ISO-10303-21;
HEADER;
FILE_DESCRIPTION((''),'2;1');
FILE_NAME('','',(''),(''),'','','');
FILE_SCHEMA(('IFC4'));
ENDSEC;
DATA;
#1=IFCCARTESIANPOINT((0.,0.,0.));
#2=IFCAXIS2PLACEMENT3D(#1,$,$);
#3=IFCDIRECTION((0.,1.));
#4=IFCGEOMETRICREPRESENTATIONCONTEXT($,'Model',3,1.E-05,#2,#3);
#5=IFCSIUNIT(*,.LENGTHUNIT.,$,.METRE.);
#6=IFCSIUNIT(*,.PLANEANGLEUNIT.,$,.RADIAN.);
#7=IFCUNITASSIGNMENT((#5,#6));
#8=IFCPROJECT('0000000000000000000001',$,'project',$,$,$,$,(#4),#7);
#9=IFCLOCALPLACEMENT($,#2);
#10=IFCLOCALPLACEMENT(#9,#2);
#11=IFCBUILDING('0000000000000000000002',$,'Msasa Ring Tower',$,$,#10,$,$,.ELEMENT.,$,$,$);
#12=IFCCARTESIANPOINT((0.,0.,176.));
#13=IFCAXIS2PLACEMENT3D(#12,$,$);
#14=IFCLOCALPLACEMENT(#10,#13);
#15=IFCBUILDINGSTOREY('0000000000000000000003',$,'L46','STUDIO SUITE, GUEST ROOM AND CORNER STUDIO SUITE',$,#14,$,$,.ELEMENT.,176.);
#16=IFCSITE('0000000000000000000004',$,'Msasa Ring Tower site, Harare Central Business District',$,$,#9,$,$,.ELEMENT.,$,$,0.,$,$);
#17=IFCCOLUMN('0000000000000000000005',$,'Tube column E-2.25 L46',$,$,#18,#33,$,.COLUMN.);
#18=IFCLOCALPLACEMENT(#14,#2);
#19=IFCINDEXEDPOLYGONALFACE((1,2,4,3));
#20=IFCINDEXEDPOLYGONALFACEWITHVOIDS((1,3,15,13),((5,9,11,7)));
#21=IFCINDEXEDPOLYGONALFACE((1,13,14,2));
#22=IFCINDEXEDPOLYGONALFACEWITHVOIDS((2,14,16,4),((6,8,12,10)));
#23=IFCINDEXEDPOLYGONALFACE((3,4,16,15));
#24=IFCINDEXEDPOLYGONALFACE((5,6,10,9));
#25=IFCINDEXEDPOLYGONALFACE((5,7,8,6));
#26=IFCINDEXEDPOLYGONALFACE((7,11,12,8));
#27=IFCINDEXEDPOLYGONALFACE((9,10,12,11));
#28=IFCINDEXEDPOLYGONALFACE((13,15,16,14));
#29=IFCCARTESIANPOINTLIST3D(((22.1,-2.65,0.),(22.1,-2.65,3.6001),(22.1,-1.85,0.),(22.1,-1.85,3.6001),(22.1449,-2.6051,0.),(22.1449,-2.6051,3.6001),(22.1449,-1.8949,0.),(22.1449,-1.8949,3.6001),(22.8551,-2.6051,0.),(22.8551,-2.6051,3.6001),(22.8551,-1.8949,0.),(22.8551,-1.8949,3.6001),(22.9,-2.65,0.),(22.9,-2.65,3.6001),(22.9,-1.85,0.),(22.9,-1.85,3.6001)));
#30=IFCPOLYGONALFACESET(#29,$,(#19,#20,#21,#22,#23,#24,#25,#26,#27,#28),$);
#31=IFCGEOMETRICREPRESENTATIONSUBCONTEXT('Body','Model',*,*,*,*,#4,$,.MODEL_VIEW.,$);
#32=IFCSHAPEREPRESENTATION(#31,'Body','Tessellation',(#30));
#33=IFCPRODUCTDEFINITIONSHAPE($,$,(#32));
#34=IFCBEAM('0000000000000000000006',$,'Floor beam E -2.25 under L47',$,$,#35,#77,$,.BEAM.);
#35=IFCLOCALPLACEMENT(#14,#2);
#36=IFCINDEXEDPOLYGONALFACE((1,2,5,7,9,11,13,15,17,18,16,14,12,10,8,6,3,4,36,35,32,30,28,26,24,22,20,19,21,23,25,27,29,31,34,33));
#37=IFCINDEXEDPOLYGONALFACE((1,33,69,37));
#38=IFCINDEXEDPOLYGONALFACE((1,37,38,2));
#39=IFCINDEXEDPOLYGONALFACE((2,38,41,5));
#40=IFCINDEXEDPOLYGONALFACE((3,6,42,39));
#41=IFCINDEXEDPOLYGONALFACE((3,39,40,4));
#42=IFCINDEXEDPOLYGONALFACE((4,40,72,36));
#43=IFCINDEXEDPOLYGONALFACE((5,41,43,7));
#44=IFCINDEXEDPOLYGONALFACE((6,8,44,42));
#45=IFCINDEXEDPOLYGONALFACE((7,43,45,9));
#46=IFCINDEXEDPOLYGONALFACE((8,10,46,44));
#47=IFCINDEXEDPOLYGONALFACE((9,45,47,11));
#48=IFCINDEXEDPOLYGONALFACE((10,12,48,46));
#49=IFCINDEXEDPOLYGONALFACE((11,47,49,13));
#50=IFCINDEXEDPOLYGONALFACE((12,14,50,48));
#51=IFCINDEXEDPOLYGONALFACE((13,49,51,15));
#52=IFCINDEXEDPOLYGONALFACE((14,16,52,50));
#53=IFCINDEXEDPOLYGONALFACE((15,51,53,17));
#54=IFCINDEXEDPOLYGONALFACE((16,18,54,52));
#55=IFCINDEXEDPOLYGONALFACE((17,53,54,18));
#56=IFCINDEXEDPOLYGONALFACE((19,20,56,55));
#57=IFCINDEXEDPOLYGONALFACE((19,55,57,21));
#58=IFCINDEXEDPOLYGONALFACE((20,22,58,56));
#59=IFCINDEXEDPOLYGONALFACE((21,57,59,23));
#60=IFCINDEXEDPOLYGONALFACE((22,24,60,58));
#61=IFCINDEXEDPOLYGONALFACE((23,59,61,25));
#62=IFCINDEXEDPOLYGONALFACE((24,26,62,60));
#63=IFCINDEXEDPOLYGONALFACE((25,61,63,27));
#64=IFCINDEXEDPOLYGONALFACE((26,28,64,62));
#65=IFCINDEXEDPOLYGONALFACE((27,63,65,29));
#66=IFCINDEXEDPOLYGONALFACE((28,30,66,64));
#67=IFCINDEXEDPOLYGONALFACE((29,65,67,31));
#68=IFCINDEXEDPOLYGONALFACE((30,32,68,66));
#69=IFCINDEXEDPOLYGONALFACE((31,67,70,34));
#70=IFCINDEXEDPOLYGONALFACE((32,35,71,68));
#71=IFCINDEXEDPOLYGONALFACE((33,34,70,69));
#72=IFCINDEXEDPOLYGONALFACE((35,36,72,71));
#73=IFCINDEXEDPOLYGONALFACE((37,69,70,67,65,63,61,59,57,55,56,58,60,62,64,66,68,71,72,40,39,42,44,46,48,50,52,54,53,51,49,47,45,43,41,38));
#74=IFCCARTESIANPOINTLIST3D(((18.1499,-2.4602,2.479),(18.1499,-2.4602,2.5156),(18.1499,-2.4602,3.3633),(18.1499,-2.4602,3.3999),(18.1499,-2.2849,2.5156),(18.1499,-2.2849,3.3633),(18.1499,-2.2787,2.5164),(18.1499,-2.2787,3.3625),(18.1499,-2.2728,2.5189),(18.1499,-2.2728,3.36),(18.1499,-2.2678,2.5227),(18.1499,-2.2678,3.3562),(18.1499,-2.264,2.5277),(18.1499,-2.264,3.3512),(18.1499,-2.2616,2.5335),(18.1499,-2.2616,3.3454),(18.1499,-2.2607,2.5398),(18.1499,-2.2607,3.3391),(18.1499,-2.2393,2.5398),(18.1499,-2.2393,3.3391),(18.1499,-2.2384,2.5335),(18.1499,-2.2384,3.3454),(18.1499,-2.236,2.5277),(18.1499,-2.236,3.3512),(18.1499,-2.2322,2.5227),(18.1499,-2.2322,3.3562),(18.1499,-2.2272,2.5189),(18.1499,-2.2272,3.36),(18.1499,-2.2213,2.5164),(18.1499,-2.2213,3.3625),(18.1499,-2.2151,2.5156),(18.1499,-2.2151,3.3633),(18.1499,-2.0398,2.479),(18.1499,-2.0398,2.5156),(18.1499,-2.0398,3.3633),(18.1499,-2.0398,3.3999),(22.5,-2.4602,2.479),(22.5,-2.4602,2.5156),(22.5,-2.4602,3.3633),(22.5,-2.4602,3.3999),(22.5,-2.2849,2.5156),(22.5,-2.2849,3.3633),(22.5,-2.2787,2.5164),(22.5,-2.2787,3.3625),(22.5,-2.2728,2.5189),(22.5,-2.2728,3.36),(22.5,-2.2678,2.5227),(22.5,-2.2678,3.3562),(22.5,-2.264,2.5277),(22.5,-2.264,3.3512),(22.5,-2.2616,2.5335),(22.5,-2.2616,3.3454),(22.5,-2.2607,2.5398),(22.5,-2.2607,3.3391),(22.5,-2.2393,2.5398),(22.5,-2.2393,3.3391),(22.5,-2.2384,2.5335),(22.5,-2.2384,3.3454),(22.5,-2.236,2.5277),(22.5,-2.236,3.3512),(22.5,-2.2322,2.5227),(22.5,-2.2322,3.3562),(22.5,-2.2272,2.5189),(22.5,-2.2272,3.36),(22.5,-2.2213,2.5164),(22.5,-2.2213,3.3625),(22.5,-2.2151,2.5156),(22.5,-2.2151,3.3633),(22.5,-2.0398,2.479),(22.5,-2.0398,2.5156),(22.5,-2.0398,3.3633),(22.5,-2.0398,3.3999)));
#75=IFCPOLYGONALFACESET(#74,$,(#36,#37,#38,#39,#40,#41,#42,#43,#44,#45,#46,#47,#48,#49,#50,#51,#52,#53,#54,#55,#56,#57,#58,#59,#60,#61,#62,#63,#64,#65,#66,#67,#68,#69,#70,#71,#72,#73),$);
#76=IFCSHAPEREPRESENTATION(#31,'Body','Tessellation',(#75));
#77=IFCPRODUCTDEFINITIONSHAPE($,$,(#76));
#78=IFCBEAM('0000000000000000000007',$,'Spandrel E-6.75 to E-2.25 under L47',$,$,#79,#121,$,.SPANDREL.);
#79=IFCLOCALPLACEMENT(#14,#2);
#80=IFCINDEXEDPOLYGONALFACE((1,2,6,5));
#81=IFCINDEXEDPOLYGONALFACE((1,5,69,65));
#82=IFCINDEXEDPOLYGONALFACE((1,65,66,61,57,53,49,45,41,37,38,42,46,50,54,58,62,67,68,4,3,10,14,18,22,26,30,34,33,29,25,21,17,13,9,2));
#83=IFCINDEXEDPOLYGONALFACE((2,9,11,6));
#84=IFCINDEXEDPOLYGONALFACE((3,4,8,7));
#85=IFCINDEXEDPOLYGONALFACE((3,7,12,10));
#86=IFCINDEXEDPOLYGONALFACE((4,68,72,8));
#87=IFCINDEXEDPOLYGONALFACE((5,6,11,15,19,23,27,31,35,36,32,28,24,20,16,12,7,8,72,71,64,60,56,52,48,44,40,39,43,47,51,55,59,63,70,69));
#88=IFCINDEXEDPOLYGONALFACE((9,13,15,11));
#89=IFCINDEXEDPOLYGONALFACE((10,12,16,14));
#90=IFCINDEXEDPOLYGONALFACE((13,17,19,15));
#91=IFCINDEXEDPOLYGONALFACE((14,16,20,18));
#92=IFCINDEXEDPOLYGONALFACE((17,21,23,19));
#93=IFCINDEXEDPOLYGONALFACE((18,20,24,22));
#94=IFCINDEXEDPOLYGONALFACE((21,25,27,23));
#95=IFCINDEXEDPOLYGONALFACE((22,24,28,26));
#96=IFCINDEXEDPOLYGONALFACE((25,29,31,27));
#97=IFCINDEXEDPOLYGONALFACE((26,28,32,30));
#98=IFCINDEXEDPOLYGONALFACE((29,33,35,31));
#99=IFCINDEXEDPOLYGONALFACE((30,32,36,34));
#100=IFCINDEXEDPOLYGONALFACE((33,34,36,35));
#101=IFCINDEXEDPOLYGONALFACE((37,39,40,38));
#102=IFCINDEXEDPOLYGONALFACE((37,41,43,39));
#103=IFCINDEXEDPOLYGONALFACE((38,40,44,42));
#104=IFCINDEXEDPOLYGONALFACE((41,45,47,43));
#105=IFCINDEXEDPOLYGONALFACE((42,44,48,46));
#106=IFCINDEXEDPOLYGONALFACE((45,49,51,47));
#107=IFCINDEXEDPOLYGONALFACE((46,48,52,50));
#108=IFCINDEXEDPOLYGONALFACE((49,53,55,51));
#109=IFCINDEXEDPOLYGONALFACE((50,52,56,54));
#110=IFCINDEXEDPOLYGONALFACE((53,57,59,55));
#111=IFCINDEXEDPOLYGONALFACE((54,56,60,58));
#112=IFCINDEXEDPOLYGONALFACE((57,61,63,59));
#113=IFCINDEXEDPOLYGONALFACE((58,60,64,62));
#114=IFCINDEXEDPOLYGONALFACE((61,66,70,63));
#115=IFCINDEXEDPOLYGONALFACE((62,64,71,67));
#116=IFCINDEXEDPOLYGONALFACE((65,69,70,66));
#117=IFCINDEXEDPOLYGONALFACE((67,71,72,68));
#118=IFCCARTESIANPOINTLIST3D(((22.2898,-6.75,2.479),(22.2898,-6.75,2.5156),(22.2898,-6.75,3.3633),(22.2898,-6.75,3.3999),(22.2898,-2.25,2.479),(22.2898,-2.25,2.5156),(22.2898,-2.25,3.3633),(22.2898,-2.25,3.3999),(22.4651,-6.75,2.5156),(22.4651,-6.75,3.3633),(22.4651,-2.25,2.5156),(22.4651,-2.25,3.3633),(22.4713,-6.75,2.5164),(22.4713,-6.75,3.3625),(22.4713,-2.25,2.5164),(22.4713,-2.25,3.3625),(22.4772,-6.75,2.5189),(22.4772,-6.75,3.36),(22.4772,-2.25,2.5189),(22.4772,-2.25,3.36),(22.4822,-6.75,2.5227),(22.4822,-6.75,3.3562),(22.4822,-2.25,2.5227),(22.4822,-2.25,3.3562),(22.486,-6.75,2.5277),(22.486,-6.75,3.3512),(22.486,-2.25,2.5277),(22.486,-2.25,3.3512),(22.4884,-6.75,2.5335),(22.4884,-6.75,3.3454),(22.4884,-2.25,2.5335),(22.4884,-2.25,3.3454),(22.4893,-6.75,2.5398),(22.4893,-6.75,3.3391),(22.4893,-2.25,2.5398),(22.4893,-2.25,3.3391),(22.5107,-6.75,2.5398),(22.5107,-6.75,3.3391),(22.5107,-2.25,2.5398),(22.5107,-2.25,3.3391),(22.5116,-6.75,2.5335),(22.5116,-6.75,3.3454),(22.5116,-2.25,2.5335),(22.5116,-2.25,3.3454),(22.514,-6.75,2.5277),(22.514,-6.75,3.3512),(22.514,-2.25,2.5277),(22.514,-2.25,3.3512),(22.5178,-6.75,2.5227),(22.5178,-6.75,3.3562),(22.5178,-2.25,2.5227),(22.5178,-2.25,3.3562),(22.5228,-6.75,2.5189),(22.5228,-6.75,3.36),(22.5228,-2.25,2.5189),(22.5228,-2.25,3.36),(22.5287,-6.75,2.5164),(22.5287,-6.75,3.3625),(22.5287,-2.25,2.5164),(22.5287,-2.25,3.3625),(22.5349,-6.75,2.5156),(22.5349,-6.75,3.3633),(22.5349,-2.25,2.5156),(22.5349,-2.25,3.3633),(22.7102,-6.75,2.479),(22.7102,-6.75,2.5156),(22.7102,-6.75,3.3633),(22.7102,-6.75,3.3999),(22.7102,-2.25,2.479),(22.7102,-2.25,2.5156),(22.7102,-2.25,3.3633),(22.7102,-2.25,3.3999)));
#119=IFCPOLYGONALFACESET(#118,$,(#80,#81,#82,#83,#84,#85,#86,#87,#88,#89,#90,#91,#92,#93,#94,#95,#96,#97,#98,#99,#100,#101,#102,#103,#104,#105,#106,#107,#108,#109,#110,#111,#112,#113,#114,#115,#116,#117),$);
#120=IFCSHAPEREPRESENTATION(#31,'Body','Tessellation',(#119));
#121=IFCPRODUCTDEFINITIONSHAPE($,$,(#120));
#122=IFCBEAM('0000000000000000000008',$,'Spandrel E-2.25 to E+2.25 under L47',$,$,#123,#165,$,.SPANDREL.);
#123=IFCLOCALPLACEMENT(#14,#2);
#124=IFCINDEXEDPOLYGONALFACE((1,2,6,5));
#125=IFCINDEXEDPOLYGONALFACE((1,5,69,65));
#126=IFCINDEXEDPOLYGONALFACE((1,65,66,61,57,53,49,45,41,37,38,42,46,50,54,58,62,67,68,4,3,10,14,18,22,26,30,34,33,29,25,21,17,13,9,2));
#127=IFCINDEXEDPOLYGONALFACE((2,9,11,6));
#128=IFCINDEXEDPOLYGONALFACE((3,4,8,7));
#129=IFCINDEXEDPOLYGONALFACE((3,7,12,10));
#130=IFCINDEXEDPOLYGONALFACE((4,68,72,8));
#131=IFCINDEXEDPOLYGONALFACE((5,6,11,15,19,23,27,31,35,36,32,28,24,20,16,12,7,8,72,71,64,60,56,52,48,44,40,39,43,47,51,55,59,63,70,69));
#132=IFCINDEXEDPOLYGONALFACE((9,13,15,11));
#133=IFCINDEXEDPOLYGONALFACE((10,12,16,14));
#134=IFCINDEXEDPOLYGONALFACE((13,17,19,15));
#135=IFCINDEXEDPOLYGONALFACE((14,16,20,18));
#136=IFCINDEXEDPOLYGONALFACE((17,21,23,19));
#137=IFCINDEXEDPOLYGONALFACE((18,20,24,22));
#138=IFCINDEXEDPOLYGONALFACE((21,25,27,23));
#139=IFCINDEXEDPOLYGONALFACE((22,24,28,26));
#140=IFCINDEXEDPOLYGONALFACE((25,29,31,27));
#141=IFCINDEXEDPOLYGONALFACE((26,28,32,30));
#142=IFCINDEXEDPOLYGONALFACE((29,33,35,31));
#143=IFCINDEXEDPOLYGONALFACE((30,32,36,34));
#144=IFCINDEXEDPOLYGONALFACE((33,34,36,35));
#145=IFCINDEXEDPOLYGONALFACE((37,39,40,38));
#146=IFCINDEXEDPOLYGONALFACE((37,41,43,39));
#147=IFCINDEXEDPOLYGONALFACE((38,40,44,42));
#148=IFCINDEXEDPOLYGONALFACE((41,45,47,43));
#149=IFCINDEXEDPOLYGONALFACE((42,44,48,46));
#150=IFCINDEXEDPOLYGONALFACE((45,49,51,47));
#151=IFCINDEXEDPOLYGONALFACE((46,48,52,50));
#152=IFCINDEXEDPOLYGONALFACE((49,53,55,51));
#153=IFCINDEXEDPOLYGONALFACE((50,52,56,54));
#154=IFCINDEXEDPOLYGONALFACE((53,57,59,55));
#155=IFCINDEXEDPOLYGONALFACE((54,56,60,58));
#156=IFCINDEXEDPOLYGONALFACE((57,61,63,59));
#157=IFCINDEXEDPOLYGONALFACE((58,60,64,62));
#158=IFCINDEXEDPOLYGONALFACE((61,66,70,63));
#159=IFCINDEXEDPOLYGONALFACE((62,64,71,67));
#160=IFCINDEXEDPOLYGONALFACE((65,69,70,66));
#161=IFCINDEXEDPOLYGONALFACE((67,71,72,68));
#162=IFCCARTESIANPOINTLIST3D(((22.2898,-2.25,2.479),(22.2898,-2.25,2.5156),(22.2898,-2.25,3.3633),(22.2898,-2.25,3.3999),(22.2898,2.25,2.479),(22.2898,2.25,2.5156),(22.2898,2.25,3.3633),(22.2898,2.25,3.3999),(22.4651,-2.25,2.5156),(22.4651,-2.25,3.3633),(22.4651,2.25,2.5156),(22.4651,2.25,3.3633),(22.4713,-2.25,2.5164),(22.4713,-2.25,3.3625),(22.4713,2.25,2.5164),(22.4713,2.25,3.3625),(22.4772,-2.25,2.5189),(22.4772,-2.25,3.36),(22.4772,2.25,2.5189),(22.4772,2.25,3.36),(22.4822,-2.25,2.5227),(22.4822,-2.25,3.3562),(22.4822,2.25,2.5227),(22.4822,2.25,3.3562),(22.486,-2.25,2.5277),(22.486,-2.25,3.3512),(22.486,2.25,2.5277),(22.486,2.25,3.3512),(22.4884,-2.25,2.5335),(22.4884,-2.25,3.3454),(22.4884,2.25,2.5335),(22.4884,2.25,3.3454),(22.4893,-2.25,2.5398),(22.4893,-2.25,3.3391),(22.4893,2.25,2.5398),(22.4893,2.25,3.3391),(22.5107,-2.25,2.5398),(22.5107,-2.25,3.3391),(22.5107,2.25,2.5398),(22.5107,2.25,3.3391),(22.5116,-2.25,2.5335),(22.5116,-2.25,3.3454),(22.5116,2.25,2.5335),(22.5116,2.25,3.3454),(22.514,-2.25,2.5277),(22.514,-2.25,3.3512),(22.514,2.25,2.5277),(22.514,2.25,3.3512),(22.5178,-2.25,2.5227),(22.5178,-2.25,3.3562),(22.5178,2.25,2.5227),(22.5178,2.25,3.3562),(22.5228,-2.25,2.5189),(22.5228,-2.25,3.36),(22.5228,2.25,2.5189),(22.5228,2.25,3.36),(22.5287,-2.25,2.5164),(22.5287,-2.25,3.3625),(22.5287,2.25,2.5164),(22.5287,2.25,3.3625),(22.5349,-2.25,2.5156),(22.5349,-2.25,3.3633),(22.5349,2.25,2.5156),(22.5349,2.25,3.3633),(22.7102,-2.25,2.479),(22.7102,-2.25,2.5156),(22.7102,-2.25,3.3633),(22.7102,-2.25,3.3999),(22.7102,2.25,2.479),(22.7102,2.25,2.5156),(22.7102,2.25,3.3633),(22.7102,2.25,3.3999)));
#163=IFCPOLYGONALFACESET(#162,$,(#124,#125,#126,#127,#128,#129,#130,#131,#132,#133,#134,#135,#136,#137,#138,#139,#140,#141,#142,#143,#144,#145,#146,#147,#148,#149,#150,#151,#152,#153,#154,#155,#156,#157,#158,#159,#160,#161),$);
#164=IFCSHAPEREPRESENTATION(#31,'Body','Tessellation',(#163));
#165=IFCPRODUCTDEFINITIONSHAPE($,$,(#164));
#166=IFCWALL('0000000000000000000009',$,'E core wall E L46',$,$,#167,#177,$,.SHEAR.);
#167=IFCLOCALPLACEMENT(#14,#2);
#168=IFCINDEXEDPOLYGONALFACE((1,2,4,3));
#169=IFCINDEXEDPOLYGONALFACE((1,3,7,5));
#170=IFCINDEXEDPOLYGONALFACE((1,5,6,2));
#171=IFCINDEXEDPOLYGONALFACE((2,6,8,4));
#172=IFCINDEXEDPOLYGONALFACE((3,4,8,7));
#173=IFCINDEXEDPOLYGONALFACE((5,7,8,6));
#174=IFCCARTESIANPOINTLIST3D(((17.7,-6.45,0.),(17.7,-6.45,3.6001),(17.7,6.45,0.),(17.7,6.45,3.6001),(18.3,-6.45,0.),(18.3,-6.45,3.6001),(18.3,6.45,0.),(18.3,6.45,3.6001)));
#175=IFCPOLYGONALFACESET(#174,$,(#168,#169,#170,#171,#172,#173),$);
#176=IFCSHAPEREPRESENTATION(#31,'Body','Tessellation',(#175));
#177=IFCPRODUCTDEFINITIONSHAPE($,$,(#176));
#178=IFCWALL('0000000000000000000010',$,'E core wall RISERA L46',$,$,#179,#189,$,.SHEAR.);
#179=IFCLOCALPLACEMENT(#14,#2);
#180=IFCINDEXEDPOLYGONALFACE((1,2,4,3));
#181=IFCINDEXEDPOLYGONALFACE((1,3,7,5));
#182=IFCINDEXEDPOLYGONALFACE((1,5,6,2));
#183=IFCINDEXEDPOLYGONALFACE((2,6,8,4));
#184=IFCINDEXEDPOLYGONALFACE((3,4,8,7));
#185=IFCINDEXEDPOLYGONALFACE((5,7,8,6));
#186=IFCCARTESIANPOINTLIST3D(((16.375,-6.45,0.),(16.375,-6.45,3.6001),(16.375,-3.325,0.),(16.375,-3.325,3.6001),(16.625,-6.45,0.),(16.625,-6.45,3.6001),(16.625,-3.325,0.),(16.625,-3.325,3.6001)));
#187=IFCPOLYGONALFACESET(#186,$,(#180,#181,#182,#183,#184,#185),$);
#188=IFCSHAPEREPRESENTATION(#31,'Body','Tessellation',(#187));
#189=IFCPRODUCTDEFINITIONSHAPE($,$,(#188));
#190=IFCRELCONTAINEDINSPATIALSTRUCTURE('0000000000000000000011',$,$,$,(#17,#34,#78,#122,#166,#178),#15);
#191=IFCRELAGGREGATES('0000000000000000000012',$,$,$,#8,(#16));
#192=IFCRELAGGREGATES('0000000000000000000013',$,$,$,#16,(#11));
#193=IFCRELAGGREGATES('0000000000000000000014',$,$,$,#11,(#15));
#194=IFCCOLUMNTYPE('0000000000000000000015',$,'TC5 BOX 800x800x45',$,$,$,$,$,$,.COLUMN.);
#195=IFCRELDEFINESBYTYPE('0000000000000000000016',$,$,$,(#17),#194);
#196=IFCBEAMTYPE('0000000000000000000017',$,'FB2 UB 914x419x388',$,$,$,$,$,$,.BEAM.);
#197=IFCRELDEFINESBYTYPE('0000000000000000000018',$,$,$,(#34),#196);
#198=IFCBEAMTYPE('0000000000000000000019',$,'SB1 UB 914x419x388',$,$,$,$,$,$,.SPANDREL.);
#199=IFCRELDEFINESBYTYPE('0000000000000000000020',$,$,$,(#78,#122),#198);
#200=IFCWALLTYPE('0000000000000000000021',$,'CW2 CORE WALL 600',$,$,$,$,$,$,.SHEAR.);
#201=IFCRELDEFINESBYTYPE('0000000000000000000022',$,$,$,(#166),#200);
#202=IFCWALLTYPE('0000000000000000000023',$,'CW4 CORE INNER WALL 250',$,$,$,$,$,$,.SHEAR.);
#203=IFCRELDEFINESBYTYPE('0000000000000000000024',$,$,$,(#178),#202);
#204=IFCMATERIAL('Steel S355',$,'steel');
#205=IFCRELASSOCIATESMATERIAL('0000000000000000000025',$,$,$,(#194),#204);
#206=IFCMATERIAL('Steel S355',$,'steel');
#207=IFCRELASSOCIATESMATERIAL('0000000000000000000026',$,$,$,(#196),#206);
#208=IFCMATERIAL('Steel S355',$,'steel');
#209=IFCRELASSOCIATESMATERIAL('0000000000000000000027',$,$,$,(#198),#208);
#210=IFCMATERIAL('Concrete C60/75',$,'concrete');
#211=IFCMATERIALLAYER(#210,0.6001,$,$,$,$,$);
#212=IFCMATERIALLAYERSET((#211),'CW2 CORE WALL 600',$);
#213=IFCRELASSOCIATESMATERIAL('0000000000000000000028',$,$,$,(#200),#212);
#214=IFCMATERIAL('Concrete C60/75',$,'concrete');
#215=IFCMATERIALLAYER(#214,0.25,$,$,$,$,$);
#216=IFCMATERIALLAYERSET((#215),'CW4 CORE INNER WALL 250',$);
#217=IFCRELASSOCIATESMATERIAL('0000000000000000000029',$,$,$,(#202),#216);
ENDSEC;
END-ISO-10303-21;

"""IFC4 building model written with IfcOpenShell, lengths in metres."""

from ifc_helpers import new_model, si_unit, direction, frame, frame_2d, origin, origin_2d, place, context, subcontext, project, spatial, rectangle, hollow_rectangle, i_section, extrude, material, layer, layer_set, material_profile, profile_set, type_object, element, save


model = new_model("IFC4")

# Units and contexts
model_context = context("Model", 3, precision=1e-05, world=origin(), true_north=direction((0.0, 1.0)))
body_context = subcontext(model_context, "Body", "Model", "MODEL_VIEW")
ifc_project = project(units=[si_unit("LENGTHUNIT", "METRE"), si_unit("PLANEANGLEUNIT", "RADIAN")], contexts=[model_context])

# Site, building, storey
site_placement = place(None, origin())
site = spatial("IfcSite", under=ifc_project, at=site_placement, Name="Msasa Ring Tower site, Harare Central Business District", CompositionType="ELEMENT", RefElevation=0.0)
building_placement = place(site_placement, origin())
building = spatial("IfcBuilding", under=site, at=building_placement, Name="Msasa Ring Tower", CompositionType="ELEMENT")
storey_placement = place(building_placement, frame((0.0, 0.0, 176.0)))
storey = spatial("IfcBuildingStorey", under=building, at=storey_placement, Name="L46", Description="STUDIO SUITE, GUEST ROOM AND CORNER STUDIO SUITE", CompositionType="ELEMENT", Elevation=176.0)

# Column
ifc_material_1 = material(Name="Steel S355", Category="steel")
ifc_material_profile_1 = material_profile(ifc_material_1, hollow_rectangle(XDim=0.8, YDim=0.8, WallThickness=0.0449, at=origin_2d()), Name="BOX 800x800x45")
ifc_profile_set_1 = profile_set([ifc_material_profile_1], Name="Steel S355")
column_type = type_object("IfcColumnType", Name="TC5 BOX 800x800x45", PredefinedType="COLUMN", material=ifc_profile_set_1)
column_placement = place(storey_placement, frame((22.5, -2.25, 0.0), z_axis=(0.0, 0.0, 1.0), x_axis=(1.0, 0.0, 0.0)))
element("IfcColumn", 1, at=column_placement, inside=storey, type_object=column_type, Name="Tube column E-2.25 L46", PredefinedType="COLUMN", context=body_context, shape_type="SweptSolid", body=[
    extrude(hollow_rectangle(XDim=0.8, YDim=0.8, WallThickness=0.0449, at=origin_2d()), origin(), (0.0, 0.0, 1.0), 3.6001),
])

# Beams
ifc_material_2 = material(Name="Steel S355", Category="steel")
ifc_material_profile_2 = material_profile(ifc_material_2, i_section(OverallWidth=0.4204, OverallDepth=0.9209, WebThickness=0.0215, FlangeThickness=0.0366, FilletRadius=0.0242, at=origin_2d()), Name="UB 914x419x388")
ifc_profile_set_2 = profile_set([ifc_material_profile_2], Name="Steel S355")
beam_type_1 = type_object("IfcBeamType", Name="FB2 UB 914x419x388", PredefinedType="BEAM", material=ifc_profile_set_2)
beam_placement = place(storey_placement, frame((22.5, -2.25, 2.9395), z_axis=(-1.0, 0.0, 0.0), x_axis=(0.0, -1.0, 0.0)))
element("IfcBeam", 2, at=beam_placement, inside=storey, type_object=beam_type_1, Name="Floor beam E -2.25 under L47", PredefinedType="BEAM", context=body_context, shape_type="SweptSolid", body=[
    extrude(i_section(OverallWidth=0.4204, OverallDepth=0.9209, WebThickness=0.0215, FlangeThickness=0.0366, FilletRadius=0.0242, at=origin_2d()), origin(), (0.0, 0.0, 1.0), 4.3501),
])
ifc_material_3 = material(Name="Steel S355", Category="steel")
ifc_material_profile_3 = material_profile(ifc_material_3, i_section(OverallWidth=0.4204, OverallDepth=0.9209, WebThickness=0.0215, FlangeThickness=0.0366, FilletRadius=0.0242, at=origin_2d()), Name="UB 914x419x388")
ifc_profile_set_3 = profile_set([ifc_material_profile_3], Name="Steel S355")
beam_type_2 = type_object("IfcBeamType", Name="SB1 UB 914x419x388", PredefinedType="SPANDREL", material=ifc_profile_set_3)
for number, where, z_axis, x_axis, name in (
    (3, (22.5, -6.75, 2.9395), (0.0, 1.0, 0.0), (-1.0, 0.0, 0.0), "Spandrel E-6.75 to E-2.25 under L47"),
    (4, (22.5, -2.25, 2.9395), (0.0, 1.0, 0.0), (-1.0, 0.0, 0.0), "Spandrel E-2.25 to E+2.25 under L47"),
):
    element("IfcBeam", number, at=place(storey_placement, frame(where, z_axis=z_axis, x_axis=x_axis)), inside=storey, type_object=beam_type_2, Name=name, PredefinedType="SPANDREL", context=body_context, shape_type="SweptSolid", body=[
        extrude(i_section(OverallWidth=0.4204, OverallDepth=0.9209, WebThickness=0.0215, FlangeThickness=0.0366, FilletRadius=0.0242, at=origin_2d()), origin(), (0.0, 0.0, 1.0), 4.5),
    ])

# Walls
ifc_material_4 = material(Name="Concrete C60/75", Category="concrete")
ifc_layer_1 = layer(ifc_material_4, 0.6001)
ifc_layer_set_1 = layer_set([ifc_layer_1], Name="CW2 CORE WALL 600")
wall_type_1 = type_object("IfcWallType", Name="CW2 CORE WALL 600", PredefinedType="SHEAR", material=ifc_layer_set_1)
wall_1_placement = place(storey_placement, frame((18.0, -6.45, 0.0), z_axis=(0.0, 0.0, 1.0), x_axis=(0.0, 1.0, 0.0)))
element("IfcWall", 5, at=wall_1_placement, inside=storey, type_object=wall_type_1, Name="E core wall E L46", PredefinedType="SHEAR", context=body_context, shape_type="SweptSolid", body=[
    extrude(rectangle(XDim=12.8999, YDim=0.6001, at=frame_2d((6.45, 0.0))), origin(), (0.0, 0.0, 1.0), 3.6001),
])
ifc_material_5 = material(Name="Concrete C60/75", Category="concrete")
ifc_layer_2 = layer(ifc_material_5, 0.25)
ifc_layer_set_2 = layer_set([ifc_layer_2], Name="CW4 CORE INNER WALL 250")
wall_type_2 = type_object("IfcWallType", Name="CW4 CORE INNER WALL 250", PredefinedType="SHEAR", material=ifc_layer_set_2)
wall_2_placement = place(storey_placement, frame((16.5, -6.45, 0.0), z_axis=(0.0, 0.0, 1.0), x_axis=(0.0, 1.0, 0.0)))
element("IfcWall", 6, at=wall_2_placement, inside=storey, type_object=wall_type_2, Name="E core wall RISERA L46", PredefinedType="SHEAR", context=body_context, shape_type="SweptSolid", body=[
    extrude(rectangle(XDim=3.125, YDim=0.25, at=frame_2d((1.5625, 0.0))), origin(), (0.0, 0.0, 1.0), 3.6001),
])

save(model, "model.ifc")
